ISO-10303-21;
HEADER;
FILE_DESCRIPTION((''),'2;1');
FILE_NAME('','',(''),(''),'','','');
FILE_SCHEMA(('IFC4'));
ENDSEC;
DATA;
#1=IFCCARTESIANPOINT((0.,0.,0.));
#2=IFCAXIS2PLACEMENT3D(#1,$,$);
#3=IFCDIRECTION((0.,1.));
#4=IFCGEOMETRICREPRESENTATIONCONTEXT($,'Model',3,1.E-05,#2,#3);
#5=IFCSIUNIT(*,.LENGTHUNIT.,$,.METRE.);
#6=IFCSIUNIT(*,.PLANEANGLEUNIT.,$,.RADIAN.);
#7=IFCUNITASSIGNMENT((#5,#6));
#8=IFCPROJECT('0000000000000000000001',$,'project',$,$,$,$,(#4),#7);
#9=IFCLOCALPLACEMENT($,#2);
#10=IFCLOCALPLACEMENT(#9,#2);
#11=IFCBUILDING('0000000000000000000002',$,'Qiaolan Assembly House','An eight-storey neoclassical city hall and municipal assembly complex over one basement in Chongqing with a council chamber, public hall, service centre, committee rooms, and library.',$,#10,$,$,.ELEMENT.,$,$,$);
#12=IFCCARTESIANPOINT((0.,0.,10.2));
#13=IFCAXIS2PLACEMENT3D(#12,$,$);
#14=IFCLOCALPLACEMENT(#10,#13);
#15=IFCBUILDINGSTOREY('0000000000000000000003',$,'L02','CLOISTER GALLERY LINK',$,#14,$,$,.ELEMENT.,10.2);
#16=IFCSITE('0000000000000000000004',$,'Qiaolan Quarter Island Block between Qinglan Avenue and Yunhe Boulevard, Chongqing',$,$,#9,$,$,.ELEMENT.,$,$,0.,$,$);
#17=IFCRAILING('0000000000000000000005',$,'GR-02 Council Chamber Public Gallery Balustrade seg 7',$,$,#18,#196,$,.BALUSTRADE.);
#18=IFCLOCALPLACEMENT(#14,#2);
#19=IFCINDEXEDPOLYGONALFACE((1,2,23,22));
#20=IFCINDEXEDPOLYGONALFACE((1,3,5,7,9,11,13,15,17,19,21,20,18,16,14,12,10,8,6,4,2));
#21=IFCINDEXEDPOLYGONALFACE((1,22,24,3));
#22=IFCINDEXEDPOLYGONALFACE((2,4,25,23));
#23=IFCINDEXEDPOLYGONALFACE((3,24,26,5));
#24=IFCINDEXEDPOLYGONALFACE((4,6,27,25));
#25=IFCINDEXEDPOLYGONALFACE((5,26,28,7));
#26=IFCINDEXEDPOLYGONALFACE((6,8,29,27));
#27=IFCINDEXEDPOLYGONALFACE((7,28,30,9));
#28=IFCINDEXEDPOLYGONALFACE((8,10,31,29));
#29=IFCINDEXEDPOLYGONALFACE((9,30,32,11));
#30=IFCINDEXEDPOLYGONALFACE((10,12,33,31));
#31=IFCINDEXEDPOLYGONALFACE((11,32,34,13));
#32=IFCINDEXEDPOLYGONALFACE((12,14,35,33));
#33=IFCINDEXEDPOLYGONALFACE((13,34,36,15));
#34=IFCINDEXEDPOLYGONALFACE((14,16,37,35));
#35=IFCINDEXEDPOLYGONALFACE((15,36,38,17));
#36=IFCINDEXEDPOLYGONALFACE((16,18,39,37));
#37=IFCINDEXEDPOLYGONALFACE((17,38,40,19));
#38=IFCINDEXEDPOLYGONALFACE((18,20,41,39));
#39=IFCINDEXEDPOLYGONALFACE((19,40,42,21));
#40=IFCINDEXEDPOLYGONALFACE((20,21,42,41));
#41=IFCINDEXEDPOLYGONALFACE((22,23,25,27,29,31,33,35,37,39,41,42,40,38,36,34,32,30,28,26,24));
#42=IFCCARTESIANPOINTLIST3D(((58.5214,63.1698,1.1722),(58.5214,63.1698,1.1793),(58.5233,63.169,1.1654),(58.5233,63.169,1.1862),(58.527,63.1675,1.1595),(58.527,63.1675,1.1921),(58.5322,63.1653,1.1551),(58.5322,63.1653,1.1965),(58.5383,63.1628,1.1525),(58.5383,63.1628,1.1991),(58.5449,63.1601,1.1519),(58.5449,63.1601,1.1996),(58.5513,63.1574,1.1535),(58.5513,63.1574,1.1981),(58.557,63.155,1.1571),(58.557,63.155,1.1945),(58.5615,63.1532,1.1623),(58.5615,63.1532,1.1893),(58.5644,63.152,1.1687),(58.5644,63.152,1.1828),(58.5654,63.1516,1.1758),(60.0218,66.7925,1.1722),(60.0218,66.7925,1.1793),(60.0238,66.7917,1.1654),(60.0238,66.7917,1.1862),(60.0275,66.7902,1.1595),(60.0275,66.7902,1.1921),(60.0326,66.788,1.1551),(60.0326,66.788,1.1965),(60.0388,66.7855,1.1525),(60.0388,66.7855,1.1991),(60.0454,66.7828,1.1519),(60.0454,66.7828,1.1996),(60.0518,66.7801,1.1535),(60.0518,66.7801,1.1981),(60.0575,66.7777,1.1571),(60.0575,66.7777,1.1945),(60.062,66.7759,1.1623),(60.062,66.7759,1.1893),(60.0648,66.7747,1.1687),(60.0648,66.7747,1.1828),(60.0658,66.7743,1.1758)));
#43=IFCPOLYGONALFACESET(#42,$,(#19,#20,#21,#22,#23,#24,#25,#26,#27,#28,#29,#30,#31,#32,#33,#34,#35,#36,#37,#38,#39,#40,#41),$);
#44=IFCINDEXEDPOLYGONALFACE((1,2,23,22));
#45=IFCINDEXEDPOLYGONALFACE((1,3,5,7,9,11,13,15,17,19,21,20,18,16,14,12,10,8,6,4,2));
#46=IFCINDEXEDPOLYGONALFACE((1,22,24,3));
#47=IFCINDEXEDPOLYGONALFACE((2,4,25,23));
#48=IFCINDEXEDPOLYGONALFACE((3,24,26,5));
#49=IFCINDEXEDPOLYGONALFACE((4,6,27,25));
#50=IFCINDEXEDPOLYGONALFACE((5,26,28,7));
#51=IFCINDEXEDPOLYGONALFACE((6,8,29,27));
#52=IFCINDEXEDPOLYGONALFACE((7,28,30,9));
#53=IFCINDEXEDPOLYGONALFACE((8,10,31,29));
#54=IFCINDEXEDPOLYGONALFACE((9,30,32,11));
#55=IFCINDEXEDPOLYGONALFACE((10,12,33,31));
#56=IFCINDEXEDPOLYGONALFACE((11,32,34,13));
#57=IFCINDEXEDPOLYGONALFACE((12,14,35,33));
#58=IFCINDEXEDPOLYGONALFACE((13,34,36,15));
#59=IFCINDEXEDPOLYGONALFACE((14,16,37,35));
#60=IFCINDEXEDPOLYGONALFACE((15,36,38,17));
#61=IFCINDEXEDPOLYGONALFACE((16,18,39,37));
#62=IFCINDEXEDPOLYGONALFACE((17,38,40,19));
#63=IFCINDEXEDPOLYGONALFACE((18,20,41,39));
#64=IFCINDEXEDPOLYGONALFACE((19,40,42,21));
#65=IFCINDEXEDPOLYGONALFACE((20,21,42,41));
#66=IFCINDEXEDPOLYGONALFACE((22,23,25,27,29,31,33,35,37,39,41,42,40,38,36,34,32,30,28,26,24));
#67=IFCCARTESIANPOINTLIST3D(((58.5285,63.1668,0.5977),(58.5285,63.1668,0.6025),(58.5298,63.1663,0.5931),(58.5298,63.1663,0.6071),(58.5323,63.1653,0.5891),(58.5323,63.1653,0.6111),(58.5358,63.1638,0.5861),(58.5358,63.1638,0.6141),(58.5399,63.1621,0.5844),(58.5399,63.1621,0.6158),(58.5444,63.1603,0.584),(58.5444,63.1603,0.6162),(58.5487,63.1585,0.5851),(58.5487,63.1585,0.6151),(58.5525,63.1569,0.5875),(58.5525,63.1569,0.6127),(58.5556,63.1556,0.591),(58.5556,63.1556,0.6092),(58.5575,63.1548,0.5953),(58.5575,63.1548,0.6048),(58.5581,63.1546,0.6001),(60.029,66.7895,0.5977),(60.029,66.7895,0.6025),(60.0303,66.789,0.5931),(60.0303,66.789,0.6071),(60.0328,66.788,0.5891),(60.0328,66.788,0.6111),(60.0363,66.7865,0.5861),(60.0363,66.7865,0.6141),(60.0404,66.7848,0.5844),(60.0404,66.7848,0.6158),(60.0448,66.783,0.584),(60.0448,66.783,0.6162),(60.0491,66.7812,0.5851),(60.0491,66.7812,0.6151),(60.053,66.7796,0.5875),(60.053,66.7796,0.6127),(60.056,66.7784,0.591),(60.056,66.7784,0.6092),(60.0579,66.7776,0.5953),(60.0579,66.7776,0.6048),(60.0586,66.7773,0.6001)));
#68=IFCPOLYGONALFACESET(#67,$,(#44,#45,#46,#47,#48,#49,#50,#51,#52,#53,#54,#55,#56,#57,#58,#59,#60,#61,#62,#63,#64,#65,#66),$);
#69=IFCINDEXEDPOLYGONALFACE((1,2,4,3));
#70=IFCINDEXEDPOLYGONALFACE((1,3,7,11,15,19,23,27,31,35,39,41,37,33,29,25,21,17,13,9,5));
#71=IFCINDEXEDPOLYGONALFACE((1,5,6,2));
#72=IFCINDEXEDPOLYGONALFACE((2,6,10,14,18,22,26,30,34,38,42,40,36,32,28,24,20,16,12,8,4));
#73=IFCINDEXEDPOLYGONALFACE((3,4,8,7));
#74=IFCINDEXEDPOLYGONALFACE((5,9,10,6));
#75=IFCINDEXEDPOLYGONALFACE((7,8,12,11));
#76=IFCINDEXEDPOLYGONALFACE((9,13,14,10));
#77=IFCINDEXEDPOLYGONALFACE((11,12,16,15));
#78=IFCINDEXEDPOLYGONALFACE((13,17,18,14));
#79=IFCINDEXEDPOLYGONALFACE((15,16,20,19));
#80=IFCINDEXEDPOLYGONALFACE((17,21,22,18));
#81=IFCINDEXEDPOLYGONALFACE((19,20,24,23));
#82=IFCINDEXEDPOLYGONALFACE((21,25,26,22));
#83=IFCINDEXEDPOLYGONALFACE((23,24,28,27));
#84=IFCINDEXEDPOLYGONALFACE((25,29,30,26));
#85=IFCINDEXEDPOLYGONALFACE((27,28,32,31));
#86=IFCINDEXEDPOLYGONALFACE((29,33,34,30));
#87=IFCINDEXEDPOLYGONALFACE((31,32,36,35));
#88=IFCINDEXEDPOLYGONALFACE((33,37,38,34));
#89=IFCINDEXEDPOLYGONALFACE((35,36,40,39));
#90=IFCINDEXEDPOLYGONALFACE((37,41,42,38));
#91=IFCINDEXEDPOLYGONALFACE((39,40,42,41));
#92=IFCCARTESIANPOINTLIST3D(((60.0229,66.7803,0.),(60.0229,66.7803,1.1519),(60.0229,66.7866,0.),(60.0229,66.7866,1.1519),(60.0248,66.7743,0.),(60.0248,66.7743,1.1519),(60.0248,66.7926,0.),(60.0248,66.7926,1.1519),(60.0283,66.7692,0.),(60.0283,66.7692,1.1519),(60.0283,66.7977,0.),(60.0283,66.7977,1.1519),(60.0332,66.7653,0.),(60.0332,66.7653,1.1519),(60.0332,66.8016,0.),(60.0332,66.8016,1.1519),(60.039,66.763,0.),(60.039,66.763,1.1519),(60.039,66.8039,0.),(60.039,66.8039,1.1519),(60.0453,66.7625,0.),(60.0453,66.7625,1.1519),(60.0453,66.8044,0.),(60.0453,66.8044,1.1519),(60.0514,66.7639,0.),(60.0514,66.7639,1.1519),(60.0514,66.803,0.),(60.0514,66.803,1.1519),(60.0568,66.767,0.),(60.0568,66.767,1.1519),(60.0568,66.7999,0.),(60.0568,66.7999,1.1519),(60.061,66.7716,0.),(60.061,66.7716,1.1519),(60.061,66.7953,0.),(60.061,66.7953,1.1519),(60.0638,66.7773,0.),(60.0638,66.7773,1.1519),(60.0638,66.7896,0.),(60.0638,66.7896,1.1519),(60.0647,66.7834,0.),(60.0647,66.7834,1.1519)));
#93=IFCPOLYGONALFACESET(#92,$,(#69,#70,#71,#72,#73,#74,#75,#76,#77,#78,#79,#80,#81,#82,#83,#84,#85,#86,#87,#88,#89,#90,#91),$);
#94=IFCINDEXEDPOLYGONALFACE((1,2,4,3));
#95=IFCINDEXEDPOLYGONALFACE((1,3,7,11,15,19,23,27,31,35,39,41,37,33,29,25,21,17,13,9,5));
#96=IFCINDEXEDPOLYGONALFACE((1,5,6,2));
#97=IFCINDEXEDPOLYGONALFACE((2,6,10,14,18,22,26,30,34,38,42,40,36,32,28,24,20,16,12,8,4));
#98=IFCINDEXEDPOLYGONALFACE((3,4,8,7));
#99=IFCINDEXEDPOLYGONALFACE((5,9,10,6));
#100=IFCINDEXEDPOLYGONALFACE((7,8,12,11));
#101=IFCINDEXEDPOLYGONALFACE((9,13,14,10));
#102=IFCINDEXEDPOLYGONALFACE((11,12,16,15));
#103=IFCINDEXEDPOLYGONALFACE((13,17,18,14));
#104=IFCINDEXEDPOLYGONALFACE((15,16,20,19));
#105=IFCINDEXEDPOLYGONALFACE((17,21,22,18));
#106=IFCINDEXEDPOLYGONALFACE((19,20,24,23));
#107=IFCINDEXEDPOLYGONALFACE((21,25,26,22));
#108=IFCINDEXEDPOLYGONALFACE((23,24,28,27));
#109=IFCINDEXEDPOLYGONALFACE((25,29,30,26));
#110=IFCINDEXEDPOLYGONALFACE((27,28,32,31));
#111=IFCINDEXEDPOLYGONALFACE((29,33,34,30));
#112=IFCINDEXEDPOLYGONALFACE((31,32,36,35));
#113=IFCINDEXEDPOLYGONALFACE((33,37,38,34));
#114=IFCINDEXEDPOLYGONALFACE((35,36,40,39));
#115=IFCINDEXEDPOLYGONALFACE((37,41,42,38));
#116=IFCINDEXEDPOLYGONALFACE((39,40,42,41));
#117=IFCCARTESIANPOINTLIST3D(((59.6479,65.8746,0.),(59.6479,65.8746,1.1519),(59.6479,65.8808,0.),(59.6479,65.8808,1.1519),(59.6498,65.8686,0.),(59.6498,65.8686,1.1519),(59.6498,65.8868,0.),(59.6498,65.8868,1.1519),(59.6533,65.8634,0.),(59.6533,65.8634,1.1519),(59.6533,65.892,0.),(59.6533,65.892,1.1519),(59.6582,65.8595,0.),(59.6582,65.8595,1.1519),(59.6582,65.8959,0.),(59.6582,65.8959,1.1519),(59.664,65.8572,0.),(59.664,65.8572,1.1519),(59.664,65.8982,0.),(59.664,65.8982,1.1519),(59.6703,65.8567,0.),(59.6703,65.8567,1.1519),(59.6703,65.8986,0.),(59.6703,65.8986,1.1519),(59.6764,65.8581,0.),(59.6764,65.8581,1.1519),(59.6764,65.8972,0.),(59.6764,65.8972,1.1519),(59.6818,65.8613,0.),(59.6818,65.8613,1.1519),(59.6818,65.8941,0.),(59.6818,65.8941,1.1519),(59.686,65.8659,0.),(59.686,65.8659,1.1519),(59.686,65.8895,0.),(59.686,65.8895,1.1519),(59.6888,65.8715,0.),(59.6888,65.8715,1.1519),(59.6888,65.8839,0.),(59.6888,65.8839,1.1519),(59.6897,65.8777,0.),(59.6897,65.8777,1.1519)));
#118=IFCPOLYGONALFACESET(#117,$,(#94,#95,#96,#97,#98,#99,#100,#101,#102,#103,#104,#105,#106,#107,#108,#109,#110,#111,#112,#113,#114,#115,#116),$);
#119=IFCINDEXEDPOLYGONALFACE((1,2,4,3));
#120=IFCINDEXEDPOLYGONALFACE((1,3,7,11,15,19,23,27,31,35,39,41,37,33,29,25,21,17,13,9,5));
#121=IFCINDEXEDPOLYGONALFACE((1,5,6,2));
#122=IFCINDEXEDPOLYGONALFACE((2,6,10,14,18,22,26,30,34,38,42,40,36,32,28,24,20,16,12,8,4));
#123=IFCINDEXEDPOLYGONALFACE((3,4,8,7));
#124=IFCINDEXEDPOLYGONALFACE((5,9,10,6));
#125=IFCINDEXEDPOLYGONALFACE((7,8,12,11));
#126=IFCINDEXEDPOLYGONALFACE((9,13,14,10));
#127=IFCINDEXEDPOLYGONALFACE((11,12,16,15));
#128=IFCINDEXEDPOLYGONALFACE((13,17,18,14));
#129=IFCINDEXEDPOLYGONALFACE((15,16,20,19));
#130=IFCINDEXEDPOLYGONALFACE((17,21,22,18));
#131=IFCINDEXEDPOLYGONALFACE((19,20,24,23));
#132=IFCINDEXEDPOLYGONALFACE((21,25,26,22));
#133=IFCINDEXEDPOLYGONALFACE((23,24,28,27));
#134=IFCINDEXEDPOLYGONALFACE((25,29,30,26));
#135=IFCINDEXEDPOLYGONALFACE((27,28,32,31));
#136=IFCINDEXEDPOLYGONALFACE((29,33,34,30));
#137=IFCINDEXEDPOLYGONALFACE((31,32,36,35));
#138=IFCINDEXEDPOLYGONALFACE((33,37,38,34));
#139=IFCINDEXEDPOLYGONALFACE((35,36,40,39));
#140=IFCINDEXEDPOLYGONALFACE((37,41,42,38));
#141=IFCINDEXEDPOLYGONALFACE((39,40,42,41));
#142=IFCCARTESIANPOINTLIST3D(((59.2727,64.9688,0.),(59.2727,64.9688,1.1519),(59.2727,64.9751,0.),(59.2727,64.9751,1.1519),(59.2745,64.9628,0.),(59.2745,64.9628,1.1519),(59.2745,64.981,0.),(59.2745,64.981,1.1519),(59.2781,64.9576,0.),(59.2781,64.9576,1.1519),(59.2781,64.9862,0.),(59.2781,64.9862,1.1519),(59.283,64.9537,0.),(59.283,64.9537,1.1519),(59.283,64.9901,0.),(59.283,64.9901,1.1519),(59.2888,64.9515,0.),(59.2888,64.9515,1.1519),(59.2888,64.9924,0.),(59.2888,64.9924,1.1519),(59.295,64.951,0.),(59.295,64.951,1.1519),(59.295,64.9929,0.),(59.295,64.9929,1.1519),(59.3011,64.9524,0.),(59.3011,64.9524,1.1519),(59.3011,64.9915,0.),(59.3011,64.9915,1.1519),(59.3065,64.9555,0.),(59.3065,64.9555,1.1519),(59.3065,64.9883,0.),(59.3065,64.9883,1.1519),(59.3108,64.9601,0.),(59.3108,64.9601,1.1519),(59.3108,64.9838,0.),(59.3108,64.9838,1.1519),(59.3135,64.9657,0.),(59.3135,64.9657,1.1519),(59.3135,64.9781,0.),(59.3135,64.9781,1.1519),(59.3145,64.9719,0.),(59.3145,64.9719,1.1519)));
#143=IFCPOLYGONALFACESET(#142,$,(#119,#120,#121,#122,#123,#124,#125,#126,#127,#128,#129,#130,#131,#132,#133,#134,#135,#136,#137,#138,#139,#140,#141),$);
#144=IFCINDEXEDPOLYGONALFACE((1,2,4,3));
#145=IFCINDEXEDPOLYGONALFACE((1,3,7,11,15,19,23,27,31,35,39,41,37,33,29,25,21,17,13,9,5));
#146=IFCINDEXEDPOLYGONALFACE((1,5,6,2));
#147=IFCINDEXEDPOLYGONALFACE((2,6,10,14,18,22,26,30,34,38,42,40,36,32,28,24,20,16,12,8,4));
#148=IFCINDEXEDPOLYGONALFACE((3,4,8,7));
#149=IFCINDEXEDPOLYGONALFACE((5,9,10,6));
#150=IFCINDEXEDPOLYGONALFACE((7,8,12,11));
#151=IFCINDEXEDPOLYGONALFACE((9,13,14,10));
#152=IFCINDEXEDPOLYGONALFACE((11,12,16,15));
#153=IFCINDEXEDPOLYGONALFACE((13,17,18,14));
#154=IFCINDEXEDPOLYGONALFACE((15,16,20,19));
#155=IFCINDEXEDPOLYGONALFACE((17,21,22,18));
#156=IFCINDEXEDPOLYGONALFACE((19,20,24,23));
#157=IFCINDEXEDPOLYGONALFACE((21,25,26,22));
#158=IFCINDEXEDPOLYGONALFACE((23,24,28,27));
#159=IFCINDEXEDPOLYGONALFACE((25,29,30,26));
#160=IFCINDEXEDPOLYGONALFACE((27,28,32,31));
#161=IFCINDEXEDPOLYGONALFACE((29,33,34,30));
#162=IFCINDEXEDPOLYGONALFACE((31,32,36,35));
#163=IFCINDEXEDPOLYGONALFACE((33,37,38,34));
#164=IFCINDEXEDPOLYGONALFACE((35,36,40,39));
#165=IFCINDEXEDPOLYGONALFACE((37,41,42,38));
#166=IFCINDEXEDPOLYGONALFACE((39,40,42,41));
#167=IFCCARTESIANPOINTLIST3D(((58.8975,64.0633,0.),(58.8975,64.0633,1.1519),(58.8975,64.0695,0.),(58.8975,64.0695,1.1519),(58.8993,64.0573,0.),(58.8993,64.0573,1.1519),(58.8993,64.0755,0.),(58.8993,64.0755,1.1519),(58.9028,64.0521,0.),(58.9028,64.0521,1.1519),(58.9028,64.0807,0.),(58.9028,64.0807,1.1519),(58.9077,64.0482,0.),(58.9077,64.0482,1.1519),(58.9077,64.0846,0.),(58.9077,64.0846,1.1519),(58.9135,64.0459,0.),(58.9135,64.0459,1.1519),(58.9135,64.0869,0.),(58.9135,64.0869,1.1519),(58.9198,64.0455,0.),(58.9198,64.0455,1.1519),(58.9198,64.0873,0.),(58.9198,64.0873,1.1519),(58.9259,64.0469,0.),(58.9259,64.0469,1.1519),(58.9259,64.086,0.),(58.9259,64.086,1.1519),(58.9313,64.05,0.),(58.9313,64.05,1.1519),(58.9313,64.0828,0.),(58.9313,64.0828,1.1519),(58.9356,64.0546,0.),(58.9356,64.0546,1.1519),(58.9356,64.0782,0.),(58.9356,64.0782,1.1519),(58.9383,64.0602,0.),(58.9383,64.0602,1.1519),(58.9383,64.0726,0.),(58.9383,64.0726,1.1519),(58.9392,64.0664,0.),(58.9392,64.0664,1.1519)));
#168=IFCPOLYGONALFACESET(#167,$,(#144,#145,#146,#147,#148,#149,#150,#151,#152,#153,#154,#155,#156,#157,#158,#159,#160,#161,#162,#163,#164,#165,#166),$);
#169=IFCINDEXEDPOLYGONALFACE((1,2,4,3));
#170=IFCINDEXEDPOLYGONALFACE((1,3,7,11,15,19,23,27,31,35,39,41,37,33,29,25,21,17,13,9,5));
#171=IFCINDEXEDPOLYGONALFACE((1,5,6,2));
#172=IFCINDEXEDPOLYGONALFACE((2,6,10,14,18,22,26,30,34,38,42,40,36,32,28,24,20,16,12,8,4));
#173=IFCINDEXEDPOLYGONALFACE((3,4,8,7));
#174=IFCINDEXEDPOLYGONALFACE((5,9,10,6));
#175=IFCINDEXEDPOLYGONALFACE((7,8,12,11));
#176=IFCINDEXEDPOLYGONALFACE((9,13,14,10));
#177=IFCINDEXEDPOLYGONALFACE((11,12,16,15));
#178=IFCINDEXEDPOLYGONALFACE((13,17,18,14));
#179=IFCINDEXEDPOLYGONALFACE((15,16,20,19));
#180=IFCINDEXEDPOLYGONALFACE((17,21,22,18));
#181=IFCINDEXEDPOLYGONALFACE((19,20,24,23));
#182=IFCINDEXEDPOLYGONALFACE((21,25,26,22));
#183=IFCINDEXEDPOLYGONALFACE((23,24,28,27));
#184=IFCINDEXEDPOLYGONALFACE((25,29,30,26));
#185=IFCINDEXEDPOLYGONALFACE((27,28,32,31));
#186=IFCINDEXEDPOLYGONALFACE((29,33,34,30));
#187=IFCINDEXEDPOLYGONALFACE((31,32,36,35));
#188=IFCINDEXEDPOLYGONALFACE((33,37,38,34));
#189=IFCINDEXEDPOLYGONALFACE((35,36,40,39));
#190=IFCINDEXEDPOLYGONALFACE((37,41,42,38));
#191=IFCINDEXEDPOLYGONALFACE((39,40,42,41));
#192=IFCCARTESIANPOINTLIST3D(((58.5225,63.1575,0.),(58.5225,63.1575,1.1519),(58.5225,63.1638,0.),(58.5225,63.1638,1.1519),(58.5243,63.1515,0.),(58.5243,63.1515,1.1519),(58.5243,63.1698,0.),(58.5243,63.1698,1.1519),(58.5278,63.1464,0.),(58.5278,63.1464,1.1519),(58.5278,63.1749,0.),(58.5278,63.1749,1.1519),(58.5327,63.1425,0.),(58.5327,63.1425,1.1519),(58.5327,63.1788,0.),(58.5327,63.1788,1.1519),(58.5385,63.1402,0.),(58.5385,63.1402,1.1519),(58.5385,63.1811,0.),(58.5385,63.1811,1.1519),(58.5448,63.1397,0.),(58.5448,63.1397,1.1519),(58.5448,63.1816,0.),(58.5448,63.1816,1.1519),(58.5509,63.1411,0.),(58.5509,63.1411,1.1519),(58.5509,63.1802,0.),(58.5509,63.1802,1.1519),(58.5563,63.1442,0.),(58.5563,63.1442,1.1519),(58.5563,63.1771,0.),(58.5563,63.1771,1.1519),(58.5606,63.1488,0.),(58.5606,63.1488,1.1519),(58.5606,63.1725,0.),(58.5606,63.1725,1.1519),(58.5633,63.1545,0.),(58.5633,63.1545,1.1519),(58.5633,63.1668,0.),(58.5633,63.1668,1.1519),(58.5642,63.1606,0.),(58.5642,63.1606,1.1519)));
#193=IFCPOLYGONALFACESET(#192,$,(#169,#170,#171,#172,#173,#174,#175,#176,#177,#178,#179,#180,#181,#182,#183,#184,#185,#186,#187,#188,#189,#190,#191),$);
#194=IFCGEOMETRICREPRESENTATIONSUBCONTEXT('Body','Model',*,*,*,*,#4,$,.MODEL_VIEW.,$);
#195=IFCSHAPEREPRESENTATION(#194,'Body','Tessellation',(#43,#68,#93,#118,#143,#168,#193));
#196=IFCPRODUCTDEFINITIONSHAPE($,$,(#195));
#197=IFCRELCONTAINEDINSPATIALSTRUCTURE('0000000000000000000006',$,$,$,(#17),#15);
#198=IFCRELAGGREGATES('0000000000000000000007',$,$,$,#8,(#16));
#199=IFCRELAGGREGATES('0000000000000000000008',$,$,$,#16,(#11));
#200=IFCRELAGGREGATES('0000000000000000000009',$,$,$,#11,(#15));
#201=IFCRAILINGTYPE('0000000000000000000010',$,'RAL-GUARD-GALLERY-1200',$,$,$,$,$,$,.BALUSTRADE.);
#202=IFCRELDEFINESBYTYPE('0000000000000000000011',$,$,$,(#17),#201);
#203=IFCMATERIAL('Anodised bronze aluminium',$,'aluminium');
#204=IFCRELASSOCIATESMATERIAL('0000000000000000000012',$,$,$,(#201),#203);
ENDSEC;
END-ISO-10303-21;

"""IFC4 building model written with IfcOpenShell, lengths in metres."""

from ifc_helpers import new_model, si_unit, direction, frame, origin, origin_2d, place, context, subcontext, project, spatial, circle, extrude, material, type_object, element, save


model = new_model("IFC4")

# Units and contexts
model_context = context("Model", 3, precision=1e-05, world=origin(), true_north=direction((0.0, 1.0)))
body_context = subcontext(model_context, "Body", "Model", "MODEL_VIEW")
ifc_project = project(units=[si_unit("LENGTHUNIT", "METRE"), si_unit("PLANEANGLEUNIT", "RADIAN")], contexts=[model_context])

# Site, building, storey
site_placement = place(None, origin())
site = spatial("IfcSite", under=ifc_project, at=site_placement, Name="Qiaolan Quarter Island Block between Qinglan Avenue and Yunhe Boulevard, Chongqing", CompositionType="ELEMENT", RefElevation=0.0)
building_placement = place(site_placement, origin())
building = spatial("IfcBuilding", under=site, at=building_placement, Name="Qiaolan Assembly House", Description="An eight-storey neoclassical city hall and municipal assembly complex over one basement in Chongqing with a council chamber, public hall, service centre, committee rooms, and library.", CompositionType="ELEMENT")
storey_placement = place(building_placement, frame((0.0, 0.0, 10.2)))
storey = spatial("IfcBuildingStorey", under=building, at=storey_placement, Name="L02", Description="CLOISTER GALLERY LINK", CompositionType="ELEMENT", Elevation=10.2)

# Railing
ifc_material_1 = material(Name="Anodised bronze aluminium", Category="aluminium")
railing_type = type_object("IfcRailingType", Name="RAL-GUARD-GALLERY-1200", PredefinedType="BALUSTRADE", material=ifc_material_1)
railing_1_placement = place(storey_placement, frame((60.0437, 66.7834, 0.0)))
element("IfcRailing", 1, at=railing_1_placement, inside=storey, type_object=railing_type, Name="GR-02 Council Chamber Public Gallery Balustrade seg 7", PredefinedType="BALUSTRADE", context=body_context, shape_type="SweptSolid", body=[
    extrude(circle(Radius=0.0239, at=origin_2d()), frame((0.0, 0.0, 1.1758), z_axis=(-0.382656, -0.923891, 0.0), x_axis=(0.923891, -0.382656, 0.0)), (0.0, 0.0, 1.0), 3.9211),
    extrude(circle(Radius=0.0161, at=origin_2d()), frame((0.0, 0.0, 0.6001), z_axis=(-0.382656, -0.923891, 0.0), x_axis=(0.923891, -0.382656, 0.0)), (0.0, 0.0, 1.0), 3.9211),
    extrude(circle(Radius=0.021, at=origin_2d()), origin(), (0.0, 0.0, 1.0), 1.1519),
    extrude(circle(Radius=0.021, at=origin_2d()), frame((-0.375, -0.9058, 0.0)), (0.0, 0.0, 1.0), 1.1519),
    extrude(circle(Radius=0.021, at=origin_2d()), frame((-0.7502, -1.8115, 0.0)), (0.0, 0.0, 1.0), 1.1519),
    extrude(circle(Radius=0.021, at=origin_2d()), frame((-1.1255, -2.717, 0.0)), (0.0, 0.0, 1.0), 1.1519),
    extrude(circle(Radius=0.021, at=origin_2d()), frame((-1.5005, -3.6228, 0.0)), (0.0, 0.0, 1.0), 1.1519),
])

save(model, "model.ifc")
